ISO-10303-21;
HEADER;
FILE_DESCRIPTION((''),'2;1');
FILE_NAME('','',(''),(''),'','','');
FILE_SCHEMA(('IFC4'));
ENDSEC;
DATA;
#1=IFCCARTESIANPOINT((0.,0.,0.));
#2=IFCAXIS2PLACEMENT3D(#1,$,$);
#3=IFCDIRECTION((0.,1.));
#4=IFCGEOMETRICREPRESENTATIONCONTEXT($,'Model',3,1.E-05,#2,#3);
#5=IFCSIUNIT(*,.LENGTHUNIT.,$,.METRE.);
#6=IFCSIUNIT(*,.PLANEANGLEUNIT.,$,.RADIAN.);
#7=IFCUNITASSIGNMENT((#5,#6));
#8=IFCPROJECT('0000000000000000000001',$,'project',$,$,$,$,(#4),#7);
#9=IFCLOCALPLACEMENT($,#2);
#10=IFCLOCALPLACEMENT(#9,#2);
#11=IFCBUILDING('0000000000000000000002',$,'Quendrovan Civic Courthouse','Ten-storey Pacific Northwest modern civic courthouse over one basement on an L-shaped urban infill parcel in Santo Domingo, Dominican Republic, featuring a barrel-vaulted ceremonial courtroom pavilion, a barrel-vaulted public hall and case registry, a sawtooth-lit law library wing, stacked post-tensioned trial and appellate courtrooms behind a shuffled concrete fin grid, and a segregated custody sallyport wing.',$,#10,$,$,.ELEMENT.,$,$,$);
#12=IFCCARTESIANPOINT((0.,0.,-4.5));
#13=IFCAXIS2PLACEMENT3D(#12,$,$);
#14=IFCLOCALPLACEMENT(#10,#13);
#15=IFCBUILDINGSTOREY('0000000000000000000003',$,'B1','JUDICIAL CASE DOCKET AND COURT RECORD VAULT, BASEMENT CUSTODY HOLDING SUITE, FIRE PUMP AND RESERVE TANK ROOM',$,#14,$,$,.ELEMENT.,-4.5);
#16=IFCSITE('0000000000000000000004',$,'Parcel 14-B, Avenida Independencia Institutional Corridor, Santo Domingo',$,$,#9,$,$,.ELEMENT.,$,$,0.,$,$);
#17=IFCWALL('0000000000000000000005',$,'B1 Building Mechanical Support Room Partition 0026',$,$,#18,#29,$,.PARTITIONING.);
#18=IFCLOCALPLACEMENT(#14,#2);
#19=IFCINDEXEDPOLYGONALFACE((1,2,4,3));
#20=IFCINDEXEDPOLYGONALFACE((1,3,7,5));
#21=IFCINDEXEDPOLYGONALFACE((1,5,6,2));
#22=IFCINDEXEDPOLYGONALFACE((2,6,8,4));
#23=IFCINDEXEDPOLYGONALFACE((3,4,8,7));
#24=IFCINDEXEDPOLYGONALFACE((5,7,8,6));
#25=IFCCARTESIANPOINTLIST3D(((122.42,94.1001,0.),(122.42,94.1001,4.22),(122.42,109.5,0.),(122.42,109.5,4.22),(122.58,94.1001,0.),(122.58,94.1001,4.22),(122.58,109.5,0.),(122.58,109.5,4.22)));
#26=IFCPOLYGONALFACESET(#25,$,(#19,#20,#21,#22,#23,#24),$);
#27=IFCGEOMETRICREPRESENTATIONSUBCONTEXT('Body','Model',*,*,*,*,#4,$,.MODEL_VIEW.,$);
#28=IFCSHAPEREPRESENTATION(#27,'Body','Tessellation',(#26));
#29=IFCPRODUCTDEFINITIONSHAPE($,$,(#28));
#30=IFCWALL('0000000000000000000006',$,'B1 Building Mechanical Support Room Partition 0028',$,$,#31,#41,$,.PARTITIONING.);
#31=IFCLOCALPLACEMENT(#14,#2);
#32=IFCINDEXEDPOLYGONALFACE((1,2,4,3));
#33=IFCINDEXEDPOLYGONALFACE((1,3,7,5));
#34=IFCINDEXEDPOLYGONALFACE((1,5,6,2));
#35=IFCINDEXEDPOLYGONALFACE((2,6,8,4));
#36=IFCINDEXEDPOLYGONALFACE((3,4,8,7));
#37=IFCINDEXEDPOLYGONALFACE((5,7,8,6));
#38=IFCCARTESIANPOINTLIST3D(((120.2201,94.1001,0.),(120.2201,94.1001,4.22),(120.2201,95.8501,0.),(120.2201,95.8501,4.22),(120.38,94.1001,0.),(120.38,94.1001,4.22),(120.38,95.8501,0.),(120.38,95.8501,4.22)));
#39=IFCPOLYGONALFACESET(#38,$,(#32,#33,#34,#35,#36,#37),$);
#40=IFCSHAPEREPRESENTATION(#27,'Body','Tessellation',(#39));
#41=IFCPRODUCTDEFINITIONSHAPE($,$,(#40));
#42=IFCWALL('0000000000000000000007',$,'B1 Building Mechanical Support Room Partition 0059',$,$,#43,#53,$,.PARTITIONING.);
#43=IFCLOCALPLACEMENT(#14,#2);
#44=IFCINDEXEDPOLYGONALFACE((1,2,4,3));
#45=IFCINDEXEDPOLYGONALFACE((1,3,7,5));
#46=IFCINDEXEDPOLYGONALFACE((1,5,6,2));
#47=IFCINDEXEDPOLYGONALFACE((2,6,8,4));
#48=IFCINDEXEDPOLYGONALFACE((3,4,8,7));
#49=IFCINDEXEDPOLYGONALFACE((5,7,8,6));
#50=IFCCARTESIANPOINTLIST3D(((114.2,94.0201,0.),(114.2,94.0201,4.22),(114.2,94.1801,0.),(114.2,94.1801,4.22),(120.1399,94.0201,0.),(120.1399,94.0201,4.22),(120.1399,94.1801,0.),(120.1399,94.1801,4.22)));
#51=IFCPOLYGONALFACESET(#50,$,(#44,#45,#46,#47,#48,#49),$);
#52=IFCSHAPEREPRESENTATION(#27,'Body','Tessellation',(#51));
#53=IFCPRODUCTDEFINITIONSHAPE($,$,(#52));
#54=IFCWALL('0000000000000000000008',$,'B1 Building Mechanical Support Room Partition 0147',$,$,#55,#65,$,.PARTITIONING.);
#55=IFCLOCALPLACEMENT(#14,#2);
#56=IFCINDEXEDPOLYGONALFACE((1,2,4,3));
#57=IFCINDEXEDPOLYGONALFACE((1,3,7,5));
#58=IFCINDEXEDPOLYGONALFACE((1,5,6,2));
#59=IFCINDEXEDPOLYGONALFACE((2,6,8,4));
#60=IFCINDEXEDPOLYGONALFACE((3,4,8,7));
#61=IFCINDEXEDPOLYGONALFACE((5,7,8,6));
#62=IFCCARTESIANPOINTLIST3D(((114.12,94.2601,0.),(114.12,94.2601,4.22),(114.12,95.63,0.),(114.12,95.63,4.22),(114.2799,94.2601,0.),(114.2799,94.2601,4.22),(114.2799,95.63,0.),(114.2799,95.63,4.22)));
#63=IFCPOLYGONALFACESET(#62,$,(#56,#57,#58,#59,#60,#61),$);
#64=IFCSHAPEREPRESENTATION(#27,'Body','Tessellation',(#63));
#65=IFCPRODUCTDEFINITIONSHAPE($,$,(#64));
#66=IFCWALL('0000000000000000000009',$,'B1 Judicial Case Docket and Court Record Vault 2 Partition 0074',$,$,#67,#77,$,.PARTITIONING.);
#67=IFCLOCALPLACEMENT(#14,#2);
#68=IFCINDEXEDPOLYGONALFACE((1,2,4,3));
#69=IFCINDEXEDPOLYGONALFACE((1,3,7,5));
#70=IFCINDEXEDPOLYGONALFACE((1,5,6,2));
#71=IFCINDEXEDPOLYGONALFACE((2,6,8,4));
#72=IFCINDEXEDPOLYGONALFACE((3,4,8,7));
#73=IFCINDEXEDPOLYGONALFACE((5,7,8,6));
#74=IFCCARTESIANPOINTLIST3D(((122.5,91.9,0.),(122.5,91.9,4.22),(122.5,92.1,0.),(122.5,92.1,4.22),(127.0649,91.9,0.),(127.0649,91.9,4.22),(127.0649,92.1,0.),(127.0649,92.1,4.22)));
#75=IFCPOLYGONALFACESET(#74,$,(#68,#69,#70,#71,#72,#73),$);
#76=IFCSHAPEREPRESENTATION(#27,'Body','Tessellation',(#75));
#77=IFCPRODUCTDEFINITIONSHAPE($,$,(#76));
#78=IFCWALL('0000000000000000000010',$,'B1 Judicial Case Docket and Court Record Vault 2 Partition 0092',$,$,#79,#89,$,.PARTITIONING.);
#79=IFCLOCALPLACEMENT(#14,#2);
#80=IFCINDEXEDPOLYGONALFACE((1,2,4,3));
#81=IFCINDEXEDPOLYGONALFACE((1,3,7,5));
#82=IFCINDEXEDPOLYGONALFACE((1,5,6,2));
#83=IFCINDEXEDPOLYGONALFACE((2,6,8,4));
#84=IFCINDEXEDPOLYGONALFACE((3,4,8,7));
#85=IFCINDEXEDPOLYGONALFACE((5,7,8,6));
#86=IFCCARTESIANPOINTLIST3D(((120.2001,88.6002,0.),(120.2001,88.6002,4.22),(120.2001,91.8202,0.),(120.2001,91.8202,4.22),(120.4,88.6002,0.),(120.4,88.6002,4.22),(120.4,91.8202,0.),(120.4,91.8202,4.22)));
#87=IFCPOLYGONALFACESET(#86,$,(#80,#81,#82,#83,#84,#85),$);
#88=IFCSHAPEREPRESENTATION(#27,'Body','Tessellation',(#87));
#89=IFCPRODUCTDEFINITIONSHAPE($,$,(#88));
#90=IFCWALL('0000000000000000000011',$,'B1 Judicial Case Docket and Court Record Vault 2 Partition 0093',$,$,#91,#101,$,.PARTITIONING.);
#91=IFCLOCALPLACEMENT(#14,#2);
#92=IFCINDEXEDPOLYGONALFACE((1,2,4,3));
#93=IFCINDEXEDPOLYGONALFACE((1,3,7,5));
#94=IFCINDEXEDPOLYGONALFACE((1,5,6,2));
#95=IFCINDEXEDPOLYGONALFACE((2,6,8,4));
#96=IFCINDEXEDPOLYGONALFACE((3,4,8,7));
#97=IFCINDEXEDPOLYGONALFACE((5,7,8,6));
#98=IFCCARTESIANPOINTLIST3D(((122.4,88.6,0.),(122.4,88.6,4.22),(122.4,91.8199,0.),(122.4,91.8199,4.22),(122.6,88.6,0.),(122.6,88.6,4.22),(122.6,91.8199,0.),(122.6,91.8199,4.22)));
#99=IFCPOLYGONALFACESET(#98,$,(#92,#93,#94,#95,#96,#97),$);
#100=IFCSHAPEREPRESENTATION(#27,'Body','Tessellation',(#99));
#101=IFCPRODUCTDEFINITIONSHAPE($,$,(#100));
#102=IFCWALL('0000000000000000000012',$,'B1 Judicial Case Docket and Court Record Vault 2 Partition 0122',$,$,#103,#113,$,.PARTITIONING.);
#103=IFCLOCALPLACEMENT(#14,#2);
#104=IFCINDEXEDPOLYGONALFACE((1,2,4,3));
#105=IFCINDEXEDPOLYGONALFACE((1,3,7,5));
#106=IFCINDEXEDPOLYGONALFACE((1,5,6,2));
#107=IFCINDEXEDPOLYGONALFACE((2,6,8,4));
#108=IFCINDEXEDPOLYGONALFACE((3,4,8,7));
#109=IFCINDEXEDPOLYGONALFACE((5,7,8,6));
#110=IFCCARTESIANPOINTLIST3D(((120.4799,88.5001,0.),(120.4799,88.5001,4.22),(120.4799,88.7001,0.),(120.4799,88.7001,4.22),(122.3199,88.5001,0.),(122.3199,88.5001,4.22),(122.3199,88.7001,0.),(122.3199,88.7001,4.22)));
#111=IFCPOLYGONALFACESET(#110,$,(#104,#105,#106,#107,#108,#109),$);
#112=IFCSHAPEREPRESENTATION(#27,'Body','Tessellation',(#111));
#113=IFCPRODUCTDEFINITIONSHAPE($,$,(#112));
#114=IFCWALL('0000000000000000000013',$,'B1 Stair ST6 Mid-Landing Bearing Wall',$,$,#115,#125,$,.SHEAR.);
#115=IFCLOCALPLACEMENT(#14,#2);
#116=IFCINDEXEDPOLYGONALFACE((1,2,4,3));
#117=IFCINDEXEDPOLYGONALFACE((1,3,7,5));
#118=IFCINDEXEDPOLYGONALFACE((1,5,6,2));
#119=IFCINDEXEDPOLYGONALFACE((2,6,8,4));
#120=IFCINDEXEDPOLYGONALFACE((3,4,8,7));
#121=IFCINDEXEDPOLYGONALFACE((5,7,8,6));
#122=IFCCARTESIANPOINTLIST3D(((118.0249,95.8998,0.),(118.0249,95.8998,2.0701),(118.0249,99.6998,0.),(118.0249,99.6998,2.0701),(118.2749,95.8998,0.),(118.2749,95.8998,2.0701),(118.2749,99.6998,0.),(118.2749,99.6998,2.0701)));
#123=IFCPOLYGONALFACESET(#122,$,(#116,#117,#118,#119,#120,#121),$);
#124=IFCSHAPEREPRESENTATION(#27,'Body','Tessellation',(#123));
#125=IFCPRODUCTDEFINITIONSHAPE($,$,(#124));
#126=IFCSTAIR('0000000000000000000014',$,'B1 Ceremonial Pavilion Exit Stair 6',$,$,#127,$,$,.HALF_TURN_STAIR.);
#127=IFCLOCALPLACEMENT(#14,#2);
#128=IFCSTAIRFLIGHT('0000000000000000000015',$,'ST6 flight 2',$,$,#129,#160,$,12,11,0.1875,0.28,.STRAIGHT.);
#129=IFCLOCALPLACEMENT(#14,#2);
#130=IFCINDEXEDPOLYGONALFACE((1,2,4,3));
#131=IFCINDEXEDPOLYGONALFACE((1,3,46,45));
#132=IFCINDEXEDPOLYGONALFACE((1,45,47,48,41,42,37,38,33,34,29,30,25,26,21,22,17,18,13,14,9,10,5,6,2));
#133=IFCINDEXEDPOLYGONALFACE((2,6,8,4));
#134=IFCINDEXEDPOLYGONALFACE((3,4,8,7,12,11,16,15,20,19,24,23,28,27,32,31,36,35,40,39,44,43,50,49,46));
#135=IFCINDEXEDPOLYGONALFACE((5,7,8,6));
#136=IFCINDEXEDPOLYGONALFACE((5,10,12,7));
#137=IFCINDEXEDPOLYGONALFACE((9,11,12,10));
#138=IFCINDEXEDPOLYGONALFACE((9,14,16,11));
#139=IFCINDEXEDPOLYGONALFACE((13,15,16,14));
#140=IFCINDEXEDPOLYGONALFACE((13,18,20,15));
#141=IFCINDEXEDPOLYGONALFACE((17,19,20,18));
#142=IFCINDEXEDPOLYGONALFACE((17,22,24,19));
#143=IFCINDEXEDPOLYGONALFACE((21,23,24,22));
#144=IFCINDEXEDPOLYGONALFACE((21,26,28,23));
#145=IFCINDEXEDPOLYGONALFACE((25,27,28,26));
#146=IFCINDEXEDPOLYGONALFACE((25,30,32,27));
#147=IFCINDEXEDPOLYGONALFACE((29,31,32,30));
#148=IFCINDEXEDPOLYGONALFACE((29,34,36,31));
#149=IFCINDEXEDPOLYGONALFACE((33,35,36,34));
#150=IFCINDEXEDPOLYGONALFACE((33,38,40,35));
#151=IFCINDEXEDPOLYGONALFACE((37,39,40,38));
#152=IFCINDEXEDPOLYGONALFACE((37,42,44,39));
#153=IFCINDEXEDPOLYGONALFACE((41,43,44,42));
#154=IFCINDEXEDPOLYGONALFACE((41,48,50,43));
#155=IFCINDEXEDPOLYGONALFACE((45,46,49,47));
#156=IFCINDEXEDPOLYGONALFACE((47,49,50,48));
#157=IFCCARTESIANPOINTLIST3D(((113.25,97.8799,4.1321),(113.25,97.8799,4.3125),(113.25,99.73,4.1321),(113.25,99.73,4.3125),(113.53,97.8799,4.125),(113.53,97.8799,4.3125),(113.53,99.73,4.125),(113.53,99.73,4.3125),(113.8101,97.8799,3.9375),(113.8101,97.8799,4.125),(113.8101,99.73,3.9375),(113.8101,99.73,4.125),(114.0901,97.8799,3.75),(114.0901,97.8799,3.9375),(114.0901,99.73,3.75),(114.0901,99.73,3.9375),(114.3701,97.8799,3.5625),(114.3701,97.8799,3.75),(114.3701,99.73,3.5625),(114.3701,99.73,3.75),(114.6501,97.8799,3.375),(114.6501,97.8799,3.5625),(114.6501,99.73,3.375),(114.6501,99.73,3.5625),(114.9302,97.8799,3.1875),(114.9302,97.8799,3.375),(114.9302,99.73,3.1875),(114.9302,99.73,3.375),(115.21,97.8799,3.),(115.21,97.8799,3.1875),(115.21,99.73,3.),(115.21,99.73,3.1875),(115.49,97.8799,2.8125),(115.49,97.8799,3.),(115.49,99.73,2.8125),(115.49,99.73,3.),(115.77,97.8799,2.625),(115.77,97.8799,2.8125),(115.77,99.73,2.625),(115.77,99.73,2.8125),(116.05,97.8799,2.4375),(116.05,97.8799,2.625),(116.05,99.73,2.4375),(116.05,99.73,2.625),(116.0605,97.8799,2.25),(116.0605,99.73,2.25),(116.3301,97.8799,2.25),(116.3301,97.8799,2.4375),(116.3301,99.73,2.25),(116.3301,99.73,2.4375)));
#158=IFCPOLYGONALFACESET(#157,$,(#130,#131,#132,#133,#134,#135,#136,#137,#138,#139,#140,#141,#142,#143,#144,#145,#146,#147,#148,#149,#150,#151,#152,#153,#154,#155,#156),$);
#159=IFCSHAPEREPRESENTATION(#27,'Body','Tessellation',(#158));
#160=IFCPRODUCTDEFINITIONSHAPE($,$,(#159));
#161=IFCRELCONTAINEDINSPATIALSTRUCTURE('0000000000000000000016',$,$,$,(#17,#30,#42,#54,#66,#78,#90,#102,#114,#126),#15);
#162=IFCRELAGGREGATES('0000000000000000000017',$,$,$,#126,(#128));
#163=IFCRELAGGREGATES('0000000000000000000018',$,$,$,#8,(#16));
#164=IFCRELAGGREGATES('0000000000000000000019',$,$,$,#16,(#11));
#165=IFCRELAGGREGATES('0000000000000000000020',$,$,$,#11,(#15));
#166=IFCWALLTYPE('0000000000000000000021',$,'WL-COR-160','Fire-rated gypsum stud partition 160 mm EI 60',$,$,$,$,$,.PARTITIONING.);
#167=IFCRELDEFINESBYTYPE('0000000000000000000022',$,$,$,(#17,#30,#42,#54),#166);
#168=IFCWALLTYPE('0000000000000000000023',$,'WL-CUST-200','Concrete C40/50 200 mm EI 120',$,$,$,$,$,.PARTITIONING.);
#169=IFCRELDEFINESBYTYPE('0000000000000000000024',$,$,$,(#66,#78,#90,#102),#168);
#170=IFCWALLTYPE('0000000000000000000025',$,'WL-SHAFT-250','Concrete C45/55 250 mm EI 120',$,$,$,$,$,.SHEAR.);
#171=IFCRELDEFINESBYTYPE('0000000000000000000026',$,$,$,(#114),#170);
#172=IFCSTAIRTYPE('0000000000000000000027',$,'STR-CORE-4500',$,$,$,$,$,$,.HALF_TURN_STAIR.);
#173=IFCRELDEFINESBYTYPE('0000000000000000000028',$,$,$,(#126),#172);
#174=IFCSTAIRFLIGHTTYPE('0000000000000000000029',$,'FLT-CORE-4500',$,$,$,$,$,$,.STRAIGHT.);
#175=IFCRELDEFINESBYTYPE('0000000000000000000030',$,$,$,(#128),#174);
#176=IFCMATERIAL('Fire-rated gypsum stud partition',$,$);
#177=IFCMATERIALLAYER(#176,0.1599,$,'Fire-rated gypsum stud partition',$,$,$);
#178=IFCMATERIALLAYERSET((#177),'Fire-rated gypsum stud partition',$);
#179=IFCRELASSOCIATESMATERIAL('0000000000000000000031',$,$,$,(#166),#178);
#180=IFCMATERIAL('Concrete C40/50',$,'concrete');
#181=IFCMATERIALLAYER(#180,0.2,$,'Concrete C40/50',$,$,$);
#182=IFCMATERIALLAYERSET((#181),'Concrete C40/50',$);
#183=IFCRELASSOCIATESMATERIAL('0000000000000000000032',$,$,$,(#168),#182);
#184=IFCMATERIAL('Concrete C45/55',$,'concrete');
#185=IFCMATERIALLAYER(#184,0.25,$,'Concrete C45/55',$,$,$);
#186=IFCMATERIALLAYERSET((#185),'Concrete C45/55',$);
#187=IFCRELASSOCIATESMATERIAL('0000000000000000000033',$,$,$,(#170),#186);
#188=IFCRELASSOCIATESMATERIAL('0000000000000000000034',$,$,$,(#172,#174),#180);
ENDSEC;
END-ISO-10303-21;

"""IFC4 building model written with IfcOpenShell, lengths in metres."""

from ifc_helpers import new_model, si_unit, direction, frame, frame_2d, origin, place, context, subcontext, project, spatial, polyline, rectangle, outline, extrude, material, layer, layer_set, type_object, element, aggregate, save


model = new_model("IFC4")

# Units and contexts
model_context = context("Model", 3, precision=1e-05, world=origin(), true_north=direction((0.0, 1.0)))
body_context = subcontext(model_context, "Body", "Model", "MODEL_VIEW")
ifc_project = project(units=[si_unit("LENGTHUNIT", "METRE"), si_unit("PLANEANGLEUNIT", "RADIAN")], contexts=[model_context])

# Site, building, storey
site_placement = place(None, origin())
site = spatial("IfcSite", under=ifc_project, at=site_placement, Name="Parcel 14-B, Avenida Independencia Institutional Corridor, Santo Domingo", CompositionType="ELEMENT", RefElevation=0.0)
building_placement = place(site_placement, origin())
building = spatial("IfcBuilding", under=site, at=building_placement, Name="Quendrovan Civic Courthouse", Description="Ten-storey Pacific Northwest modern civic courthouse over one basement on an L-shaped urban infill parcel in Santo Domingo, Dominican Republic, featuring a barrel-vaulted ceremonial courtroom pavilion, a barrel-vaulted public hall and case registry, a sawtooth-lit law library wing, stacked post-tensioned trial and appellate courtrooms behind a shuffled concrete fin grid, and a segregated custody sallyport wing.", CompositionType="ELEMENT")
storey_placement = place(building_placement, frame((0.0, 0.0, -4.5)))
storey = spatial("IfcBuildingStorey", under=building, at=storey_placement, Name="B1", Description="JUDICIAL CASE DOCKET AND COURT RECORD VAULT, BASEMENT CUSTODY HOLDING SUITE, FIRE PUMP AND RESERVE TANK ROOM", CompositionType="ELEMENT", Elevation=-4.5)

# Shared definitions
ifc_material_1 = material(Name="Concrete C45/55", Category="concrete")

# Shared definitions
ifc_material_2 = material(Name="Concrete C40/50", Category="concrete")

# Walls
ifc_material_3 = material(Name="Fire-rated gypsum stud partition")
ifc_layer_1 = layer(ifc_material_3, 0.1599, Name="Fire-rated gypsum stud partition")
ifc_layer_set_1 = layer_set([ifc_layer_1], Name="Fire-rated gypsum stud partition")
wall_type_1 = type_object("IfcWallType", Name="WL-COR-160", Description="Fire-rated gypsum stud partition 160 mm EI 60", PredefinedType="PARTITIONING", material=ifc_layer_set_1)
wall_1_placement = place(storey_placement, frame((122.5, 94.1001, 0.0), z_axis=(0.0, 0.0, 1.0), x_axis=(0.0, 1.0, 0.0)))
element("IfcWall", 1, at=wall_1_placement, inside=storey, type_object=wall_type_1, Name="B1 Building Mechanical Support Room Partition 0026", PredefinedType="PARTITIONING", context=body_context, shape_type="SweptSolid", body=[
    extrude(rectangle(XDim=15.3999, YDim=0.1599, at=frame_2d((7.7, 0.0))), origin(), (0.0, 0.0, 1.0), 4.22),
])
wall_2_placement = place(storey_placement, frame((120.3, 95.8501, 0.0), z_axis=(0.0, 0.0, 1.0), x_axis=(0.0, -1.0, 0.0)))
element("IfcWall", 2, at=wall_2_placement, inside=storey, type_object=wall_type_1, Name="B1 Building Mechanical Support Room Partition 0028", PredefinedType="PARTITIONING", context=body_context, shape_type="SweptSolid", body=[
    extrude(rectangle(XDim=1.75, YDim=0.1599, at=frame_2d((0.875, 0.0))), origin(), (0.0, 0.0, 1.0), 4.22),
])
wall_3_placement = place(storey_placement, frame((120.1399, 94.1001, 0.0), z_axis=(0.0, 0.0, 1.0), x_axis=(-1.0, 0.0, 0.0)))
element("IfcWall", 3, at=wall_3_placement, inside=storey, type_object=wall_type_1, Name="B1 Building Mechanical Support Room Partition 0059", PredefinedType="PARTITIONING", context=body_context, shape_type="SweptSolid", body=[
    extrude(rectangle(XDim=5.9399, YDim=0.1599, at=frame_2d((2.97, 0.0))), origin(), (0.0, 0.0, 1.0), 4.22),
])
wall_4_placement = place(storey_placement, frame((114.2, 94.26, 0.0), z_axis=(0.0, 0.0, 1.0), x_axis=(0.0, 1.0, 0.0)))
element("IfcWall", 4, at=wall_4_placement, inside=storey, type_object=wall_type_1, Name="B1 Building Mechanical Support Room Partition 0147", PredefinedType="PARTITIONING", context=body_context, shape_type="SweptSolid", body=[
    extrude(rectangle(XDim=1.3699, YDim=0.1599, at=frame_2d((0.6851, 0.0))), origin(), (0.0, 0.0, 1.0), 4.22),
])
ifc_layer_2 = layer(ifc_material_2, 0.2, Name="Concrete C40/50")
ifc_layer_set_2 = layer_set([ifc_layer_2], Name="Concrete C40/50")
wall_type_2 = type_object("IfcWallType", Name="WL-CUST-200", Description="Concrete C40/50 200 mm EI 120", PredefinedType="PARTITIONING", material=ifc_layer_set_2)
wall_5_placement = place(storey_placement, frame((122.5, 92.0, 0.0), z_axis=(0.0, 0.0, 1.0), x_axis=(1.0, 0.0, 0.0)))
element("IfcWall", 5, at=wall_5_placement, inside=storey, type_object=wall_type_2, Name="B1 Judicial Case Docket and Court Record Vault 2 Partition 0074", PredefinedType="PARTITIONING", context=body_context, shape_type="SweptSolid", body=[
    extrude(rectangle(XDim=4.5649, YDim=0.2, at=frame_2d((2.2825, 0.0))), origin(), (0.0, 0.0, 1.0), 4.22),
])
for number, where, z_axis, x_axis, name in (
    (6, (120.3, 91.8201, 0.0), (0.0, 0.0, 1.0), (0.0, -1.0, 0.0), "B1 Judicial Case Docket and Court Record Vault 2 Partition 0092"),
    (7, (122.5, 88.6001, 0.0), (0.0, 0.0, 1.0), (0.0, 1.0, 0.0), "B1 Judicial Case Docket and Court Record Vault 2 Partition 0093"),
):
    element("IfcWall", number, at=place(storey_placement, frame(where, z_axis=z_axis, x_axis=x_axis)), inside=storey, type_object=wall_type_2, Name=name, PredefinedType="PARTITIONING", context=body_context, shape_type="SweptSolid", body=[
        extrude(rectangle(XDim=3.22, YDim=0.2, at=frame_2d((1.6099, 0.0))), origin(), (0.0, 0.0, 1.0), 4.22),
    ])
wall_6_placement = place(storey_placement, frame((120.48, 88.6001, 0.0), z_axis=(0.0, 0.0, 1.0), x_axis=(1.0, 0.0, 0.0)))
element("IfcWall", 8, at=wall_6_placement, inside=storey, type_object=wall_type_2, Name="B1 Judicial Case Docket and Court Record Vault 2 Partition 0122", PredefinedType="PARTITIONING", context=body_context, shape_type="SweptSolid", body=[
    extrude(rectangle(XDim=1.8401, YDim=0.2, at=frame_2d((0.9199, 0.0))), origin(), (0.0, 0.0, 1.0), 4.22),
])
ifc_layer_3 = layer(ifc_material_1, 0.25, Name="Concrete C45/55")
ifc_layer_set_3 = layer_set([ifc_layer_3], Name="Concrete C45/55")
wall_type_3 = type_object("IfcWallType", Name="WL-SHAFT-250", Description="Concrete C45/55 250 mm EI 120", PredefinedType="SHEAR", material=ifc_layer_set_3)
wall_7_placement = place(storey_placement, frame((118.1499, 95.8999, 0.0), z_axis=(0.0, 0.0, 1.0), x_axis=(0.0, 1.0, 0.0)))
element("IfcWall", 9, at=wall_7_placement, inside=storey, type_object=wall_type_3, Name="B1 Stair ST6 Mid-Landing Bearing Wall", PredefinedType="SHEAR", context=body_context, shape_type="SweptSolid", body=[
    extrude(rectangle(XDim=3.8, YDim=0.25, at=frame_2d((1.8999, 0.0))), origin(), (0.0, 0.0, 1.0), 2.0701),
])

# Stair, stair flight
stair_type = type_object("IfcStairType", Name="STR-CORE-4500", PredefinedType="HALF_TURN_STAIR", material=ifc_material_2)
stair_placement = place(storey_placement, origin())
stair = element("IfcStair", 10, at=stair_placement, inside=storey, type_object=stair_type, Name="B1 Ceremonial Pavilion Exit Stair 6", PredefinedType="HALF_TURN_STAIR")
stair_flight_type = type_object("IfcStairFlightType", Name="FLT-CORE-4500", PredefinedType="STRAIGHT", material=ifc_material_2)
stair_flight_placement = place(storey_placement, frame((116.3301, 98.8049, 2.25), z_axis=(0.0, 0.0, 1.0), x_axis=(-1.0, 0.0, 0.0)))
stair_flight = element("IfcStairFlight", 11, at=stair_flight_placement, type_object=stair_flight_type, Name="ST6 flight 2", NumberOfRisers=12, NumberOfTreads=11, PredefinedType="STRAIGHT", RiserHeight=0.1875, TreadLength=0.28, context=body_context, shape_type="SweptSolid", body=[
    extrude(outline(polyline([(0.0, 0.0), (0.0, 0.1875), (0.28, 0.1875), (0.28, 0.375), (0.5601, 0.375), (0.5601, 0.5625), (0.8401, 0.5625), (0.8401, 0.75), (1.1201, 0.75), (1.1201, 0.9375), (1.3999, 0.9375), (1.3999, 1.125), (1.6799, 1.125), (1.6799, 1.3125), (1.96, 1.3125), (1.96, 1.5), (2.24, 1.5), (2.24, 1.6875), (2.52, 1.6875), (2.52, 1.875), (2.8, 1.875), (2.8, 2.0625), (3.0801, 2.0625), (3.0801, 2.25), (3.0801, 1.8821), (0.2695, 0.0), (0.0, 0.0)])), frame((0.0, 0.925, 0.0), z_axis=(0.0, -1.0, 0.0), x_axis=(1.0, 0.0, 0.0)), (0.0, 0.0, 1.0), 1.8501),
])
aggregate(stair, [stair_flight])

save(model, "model.ifc")
